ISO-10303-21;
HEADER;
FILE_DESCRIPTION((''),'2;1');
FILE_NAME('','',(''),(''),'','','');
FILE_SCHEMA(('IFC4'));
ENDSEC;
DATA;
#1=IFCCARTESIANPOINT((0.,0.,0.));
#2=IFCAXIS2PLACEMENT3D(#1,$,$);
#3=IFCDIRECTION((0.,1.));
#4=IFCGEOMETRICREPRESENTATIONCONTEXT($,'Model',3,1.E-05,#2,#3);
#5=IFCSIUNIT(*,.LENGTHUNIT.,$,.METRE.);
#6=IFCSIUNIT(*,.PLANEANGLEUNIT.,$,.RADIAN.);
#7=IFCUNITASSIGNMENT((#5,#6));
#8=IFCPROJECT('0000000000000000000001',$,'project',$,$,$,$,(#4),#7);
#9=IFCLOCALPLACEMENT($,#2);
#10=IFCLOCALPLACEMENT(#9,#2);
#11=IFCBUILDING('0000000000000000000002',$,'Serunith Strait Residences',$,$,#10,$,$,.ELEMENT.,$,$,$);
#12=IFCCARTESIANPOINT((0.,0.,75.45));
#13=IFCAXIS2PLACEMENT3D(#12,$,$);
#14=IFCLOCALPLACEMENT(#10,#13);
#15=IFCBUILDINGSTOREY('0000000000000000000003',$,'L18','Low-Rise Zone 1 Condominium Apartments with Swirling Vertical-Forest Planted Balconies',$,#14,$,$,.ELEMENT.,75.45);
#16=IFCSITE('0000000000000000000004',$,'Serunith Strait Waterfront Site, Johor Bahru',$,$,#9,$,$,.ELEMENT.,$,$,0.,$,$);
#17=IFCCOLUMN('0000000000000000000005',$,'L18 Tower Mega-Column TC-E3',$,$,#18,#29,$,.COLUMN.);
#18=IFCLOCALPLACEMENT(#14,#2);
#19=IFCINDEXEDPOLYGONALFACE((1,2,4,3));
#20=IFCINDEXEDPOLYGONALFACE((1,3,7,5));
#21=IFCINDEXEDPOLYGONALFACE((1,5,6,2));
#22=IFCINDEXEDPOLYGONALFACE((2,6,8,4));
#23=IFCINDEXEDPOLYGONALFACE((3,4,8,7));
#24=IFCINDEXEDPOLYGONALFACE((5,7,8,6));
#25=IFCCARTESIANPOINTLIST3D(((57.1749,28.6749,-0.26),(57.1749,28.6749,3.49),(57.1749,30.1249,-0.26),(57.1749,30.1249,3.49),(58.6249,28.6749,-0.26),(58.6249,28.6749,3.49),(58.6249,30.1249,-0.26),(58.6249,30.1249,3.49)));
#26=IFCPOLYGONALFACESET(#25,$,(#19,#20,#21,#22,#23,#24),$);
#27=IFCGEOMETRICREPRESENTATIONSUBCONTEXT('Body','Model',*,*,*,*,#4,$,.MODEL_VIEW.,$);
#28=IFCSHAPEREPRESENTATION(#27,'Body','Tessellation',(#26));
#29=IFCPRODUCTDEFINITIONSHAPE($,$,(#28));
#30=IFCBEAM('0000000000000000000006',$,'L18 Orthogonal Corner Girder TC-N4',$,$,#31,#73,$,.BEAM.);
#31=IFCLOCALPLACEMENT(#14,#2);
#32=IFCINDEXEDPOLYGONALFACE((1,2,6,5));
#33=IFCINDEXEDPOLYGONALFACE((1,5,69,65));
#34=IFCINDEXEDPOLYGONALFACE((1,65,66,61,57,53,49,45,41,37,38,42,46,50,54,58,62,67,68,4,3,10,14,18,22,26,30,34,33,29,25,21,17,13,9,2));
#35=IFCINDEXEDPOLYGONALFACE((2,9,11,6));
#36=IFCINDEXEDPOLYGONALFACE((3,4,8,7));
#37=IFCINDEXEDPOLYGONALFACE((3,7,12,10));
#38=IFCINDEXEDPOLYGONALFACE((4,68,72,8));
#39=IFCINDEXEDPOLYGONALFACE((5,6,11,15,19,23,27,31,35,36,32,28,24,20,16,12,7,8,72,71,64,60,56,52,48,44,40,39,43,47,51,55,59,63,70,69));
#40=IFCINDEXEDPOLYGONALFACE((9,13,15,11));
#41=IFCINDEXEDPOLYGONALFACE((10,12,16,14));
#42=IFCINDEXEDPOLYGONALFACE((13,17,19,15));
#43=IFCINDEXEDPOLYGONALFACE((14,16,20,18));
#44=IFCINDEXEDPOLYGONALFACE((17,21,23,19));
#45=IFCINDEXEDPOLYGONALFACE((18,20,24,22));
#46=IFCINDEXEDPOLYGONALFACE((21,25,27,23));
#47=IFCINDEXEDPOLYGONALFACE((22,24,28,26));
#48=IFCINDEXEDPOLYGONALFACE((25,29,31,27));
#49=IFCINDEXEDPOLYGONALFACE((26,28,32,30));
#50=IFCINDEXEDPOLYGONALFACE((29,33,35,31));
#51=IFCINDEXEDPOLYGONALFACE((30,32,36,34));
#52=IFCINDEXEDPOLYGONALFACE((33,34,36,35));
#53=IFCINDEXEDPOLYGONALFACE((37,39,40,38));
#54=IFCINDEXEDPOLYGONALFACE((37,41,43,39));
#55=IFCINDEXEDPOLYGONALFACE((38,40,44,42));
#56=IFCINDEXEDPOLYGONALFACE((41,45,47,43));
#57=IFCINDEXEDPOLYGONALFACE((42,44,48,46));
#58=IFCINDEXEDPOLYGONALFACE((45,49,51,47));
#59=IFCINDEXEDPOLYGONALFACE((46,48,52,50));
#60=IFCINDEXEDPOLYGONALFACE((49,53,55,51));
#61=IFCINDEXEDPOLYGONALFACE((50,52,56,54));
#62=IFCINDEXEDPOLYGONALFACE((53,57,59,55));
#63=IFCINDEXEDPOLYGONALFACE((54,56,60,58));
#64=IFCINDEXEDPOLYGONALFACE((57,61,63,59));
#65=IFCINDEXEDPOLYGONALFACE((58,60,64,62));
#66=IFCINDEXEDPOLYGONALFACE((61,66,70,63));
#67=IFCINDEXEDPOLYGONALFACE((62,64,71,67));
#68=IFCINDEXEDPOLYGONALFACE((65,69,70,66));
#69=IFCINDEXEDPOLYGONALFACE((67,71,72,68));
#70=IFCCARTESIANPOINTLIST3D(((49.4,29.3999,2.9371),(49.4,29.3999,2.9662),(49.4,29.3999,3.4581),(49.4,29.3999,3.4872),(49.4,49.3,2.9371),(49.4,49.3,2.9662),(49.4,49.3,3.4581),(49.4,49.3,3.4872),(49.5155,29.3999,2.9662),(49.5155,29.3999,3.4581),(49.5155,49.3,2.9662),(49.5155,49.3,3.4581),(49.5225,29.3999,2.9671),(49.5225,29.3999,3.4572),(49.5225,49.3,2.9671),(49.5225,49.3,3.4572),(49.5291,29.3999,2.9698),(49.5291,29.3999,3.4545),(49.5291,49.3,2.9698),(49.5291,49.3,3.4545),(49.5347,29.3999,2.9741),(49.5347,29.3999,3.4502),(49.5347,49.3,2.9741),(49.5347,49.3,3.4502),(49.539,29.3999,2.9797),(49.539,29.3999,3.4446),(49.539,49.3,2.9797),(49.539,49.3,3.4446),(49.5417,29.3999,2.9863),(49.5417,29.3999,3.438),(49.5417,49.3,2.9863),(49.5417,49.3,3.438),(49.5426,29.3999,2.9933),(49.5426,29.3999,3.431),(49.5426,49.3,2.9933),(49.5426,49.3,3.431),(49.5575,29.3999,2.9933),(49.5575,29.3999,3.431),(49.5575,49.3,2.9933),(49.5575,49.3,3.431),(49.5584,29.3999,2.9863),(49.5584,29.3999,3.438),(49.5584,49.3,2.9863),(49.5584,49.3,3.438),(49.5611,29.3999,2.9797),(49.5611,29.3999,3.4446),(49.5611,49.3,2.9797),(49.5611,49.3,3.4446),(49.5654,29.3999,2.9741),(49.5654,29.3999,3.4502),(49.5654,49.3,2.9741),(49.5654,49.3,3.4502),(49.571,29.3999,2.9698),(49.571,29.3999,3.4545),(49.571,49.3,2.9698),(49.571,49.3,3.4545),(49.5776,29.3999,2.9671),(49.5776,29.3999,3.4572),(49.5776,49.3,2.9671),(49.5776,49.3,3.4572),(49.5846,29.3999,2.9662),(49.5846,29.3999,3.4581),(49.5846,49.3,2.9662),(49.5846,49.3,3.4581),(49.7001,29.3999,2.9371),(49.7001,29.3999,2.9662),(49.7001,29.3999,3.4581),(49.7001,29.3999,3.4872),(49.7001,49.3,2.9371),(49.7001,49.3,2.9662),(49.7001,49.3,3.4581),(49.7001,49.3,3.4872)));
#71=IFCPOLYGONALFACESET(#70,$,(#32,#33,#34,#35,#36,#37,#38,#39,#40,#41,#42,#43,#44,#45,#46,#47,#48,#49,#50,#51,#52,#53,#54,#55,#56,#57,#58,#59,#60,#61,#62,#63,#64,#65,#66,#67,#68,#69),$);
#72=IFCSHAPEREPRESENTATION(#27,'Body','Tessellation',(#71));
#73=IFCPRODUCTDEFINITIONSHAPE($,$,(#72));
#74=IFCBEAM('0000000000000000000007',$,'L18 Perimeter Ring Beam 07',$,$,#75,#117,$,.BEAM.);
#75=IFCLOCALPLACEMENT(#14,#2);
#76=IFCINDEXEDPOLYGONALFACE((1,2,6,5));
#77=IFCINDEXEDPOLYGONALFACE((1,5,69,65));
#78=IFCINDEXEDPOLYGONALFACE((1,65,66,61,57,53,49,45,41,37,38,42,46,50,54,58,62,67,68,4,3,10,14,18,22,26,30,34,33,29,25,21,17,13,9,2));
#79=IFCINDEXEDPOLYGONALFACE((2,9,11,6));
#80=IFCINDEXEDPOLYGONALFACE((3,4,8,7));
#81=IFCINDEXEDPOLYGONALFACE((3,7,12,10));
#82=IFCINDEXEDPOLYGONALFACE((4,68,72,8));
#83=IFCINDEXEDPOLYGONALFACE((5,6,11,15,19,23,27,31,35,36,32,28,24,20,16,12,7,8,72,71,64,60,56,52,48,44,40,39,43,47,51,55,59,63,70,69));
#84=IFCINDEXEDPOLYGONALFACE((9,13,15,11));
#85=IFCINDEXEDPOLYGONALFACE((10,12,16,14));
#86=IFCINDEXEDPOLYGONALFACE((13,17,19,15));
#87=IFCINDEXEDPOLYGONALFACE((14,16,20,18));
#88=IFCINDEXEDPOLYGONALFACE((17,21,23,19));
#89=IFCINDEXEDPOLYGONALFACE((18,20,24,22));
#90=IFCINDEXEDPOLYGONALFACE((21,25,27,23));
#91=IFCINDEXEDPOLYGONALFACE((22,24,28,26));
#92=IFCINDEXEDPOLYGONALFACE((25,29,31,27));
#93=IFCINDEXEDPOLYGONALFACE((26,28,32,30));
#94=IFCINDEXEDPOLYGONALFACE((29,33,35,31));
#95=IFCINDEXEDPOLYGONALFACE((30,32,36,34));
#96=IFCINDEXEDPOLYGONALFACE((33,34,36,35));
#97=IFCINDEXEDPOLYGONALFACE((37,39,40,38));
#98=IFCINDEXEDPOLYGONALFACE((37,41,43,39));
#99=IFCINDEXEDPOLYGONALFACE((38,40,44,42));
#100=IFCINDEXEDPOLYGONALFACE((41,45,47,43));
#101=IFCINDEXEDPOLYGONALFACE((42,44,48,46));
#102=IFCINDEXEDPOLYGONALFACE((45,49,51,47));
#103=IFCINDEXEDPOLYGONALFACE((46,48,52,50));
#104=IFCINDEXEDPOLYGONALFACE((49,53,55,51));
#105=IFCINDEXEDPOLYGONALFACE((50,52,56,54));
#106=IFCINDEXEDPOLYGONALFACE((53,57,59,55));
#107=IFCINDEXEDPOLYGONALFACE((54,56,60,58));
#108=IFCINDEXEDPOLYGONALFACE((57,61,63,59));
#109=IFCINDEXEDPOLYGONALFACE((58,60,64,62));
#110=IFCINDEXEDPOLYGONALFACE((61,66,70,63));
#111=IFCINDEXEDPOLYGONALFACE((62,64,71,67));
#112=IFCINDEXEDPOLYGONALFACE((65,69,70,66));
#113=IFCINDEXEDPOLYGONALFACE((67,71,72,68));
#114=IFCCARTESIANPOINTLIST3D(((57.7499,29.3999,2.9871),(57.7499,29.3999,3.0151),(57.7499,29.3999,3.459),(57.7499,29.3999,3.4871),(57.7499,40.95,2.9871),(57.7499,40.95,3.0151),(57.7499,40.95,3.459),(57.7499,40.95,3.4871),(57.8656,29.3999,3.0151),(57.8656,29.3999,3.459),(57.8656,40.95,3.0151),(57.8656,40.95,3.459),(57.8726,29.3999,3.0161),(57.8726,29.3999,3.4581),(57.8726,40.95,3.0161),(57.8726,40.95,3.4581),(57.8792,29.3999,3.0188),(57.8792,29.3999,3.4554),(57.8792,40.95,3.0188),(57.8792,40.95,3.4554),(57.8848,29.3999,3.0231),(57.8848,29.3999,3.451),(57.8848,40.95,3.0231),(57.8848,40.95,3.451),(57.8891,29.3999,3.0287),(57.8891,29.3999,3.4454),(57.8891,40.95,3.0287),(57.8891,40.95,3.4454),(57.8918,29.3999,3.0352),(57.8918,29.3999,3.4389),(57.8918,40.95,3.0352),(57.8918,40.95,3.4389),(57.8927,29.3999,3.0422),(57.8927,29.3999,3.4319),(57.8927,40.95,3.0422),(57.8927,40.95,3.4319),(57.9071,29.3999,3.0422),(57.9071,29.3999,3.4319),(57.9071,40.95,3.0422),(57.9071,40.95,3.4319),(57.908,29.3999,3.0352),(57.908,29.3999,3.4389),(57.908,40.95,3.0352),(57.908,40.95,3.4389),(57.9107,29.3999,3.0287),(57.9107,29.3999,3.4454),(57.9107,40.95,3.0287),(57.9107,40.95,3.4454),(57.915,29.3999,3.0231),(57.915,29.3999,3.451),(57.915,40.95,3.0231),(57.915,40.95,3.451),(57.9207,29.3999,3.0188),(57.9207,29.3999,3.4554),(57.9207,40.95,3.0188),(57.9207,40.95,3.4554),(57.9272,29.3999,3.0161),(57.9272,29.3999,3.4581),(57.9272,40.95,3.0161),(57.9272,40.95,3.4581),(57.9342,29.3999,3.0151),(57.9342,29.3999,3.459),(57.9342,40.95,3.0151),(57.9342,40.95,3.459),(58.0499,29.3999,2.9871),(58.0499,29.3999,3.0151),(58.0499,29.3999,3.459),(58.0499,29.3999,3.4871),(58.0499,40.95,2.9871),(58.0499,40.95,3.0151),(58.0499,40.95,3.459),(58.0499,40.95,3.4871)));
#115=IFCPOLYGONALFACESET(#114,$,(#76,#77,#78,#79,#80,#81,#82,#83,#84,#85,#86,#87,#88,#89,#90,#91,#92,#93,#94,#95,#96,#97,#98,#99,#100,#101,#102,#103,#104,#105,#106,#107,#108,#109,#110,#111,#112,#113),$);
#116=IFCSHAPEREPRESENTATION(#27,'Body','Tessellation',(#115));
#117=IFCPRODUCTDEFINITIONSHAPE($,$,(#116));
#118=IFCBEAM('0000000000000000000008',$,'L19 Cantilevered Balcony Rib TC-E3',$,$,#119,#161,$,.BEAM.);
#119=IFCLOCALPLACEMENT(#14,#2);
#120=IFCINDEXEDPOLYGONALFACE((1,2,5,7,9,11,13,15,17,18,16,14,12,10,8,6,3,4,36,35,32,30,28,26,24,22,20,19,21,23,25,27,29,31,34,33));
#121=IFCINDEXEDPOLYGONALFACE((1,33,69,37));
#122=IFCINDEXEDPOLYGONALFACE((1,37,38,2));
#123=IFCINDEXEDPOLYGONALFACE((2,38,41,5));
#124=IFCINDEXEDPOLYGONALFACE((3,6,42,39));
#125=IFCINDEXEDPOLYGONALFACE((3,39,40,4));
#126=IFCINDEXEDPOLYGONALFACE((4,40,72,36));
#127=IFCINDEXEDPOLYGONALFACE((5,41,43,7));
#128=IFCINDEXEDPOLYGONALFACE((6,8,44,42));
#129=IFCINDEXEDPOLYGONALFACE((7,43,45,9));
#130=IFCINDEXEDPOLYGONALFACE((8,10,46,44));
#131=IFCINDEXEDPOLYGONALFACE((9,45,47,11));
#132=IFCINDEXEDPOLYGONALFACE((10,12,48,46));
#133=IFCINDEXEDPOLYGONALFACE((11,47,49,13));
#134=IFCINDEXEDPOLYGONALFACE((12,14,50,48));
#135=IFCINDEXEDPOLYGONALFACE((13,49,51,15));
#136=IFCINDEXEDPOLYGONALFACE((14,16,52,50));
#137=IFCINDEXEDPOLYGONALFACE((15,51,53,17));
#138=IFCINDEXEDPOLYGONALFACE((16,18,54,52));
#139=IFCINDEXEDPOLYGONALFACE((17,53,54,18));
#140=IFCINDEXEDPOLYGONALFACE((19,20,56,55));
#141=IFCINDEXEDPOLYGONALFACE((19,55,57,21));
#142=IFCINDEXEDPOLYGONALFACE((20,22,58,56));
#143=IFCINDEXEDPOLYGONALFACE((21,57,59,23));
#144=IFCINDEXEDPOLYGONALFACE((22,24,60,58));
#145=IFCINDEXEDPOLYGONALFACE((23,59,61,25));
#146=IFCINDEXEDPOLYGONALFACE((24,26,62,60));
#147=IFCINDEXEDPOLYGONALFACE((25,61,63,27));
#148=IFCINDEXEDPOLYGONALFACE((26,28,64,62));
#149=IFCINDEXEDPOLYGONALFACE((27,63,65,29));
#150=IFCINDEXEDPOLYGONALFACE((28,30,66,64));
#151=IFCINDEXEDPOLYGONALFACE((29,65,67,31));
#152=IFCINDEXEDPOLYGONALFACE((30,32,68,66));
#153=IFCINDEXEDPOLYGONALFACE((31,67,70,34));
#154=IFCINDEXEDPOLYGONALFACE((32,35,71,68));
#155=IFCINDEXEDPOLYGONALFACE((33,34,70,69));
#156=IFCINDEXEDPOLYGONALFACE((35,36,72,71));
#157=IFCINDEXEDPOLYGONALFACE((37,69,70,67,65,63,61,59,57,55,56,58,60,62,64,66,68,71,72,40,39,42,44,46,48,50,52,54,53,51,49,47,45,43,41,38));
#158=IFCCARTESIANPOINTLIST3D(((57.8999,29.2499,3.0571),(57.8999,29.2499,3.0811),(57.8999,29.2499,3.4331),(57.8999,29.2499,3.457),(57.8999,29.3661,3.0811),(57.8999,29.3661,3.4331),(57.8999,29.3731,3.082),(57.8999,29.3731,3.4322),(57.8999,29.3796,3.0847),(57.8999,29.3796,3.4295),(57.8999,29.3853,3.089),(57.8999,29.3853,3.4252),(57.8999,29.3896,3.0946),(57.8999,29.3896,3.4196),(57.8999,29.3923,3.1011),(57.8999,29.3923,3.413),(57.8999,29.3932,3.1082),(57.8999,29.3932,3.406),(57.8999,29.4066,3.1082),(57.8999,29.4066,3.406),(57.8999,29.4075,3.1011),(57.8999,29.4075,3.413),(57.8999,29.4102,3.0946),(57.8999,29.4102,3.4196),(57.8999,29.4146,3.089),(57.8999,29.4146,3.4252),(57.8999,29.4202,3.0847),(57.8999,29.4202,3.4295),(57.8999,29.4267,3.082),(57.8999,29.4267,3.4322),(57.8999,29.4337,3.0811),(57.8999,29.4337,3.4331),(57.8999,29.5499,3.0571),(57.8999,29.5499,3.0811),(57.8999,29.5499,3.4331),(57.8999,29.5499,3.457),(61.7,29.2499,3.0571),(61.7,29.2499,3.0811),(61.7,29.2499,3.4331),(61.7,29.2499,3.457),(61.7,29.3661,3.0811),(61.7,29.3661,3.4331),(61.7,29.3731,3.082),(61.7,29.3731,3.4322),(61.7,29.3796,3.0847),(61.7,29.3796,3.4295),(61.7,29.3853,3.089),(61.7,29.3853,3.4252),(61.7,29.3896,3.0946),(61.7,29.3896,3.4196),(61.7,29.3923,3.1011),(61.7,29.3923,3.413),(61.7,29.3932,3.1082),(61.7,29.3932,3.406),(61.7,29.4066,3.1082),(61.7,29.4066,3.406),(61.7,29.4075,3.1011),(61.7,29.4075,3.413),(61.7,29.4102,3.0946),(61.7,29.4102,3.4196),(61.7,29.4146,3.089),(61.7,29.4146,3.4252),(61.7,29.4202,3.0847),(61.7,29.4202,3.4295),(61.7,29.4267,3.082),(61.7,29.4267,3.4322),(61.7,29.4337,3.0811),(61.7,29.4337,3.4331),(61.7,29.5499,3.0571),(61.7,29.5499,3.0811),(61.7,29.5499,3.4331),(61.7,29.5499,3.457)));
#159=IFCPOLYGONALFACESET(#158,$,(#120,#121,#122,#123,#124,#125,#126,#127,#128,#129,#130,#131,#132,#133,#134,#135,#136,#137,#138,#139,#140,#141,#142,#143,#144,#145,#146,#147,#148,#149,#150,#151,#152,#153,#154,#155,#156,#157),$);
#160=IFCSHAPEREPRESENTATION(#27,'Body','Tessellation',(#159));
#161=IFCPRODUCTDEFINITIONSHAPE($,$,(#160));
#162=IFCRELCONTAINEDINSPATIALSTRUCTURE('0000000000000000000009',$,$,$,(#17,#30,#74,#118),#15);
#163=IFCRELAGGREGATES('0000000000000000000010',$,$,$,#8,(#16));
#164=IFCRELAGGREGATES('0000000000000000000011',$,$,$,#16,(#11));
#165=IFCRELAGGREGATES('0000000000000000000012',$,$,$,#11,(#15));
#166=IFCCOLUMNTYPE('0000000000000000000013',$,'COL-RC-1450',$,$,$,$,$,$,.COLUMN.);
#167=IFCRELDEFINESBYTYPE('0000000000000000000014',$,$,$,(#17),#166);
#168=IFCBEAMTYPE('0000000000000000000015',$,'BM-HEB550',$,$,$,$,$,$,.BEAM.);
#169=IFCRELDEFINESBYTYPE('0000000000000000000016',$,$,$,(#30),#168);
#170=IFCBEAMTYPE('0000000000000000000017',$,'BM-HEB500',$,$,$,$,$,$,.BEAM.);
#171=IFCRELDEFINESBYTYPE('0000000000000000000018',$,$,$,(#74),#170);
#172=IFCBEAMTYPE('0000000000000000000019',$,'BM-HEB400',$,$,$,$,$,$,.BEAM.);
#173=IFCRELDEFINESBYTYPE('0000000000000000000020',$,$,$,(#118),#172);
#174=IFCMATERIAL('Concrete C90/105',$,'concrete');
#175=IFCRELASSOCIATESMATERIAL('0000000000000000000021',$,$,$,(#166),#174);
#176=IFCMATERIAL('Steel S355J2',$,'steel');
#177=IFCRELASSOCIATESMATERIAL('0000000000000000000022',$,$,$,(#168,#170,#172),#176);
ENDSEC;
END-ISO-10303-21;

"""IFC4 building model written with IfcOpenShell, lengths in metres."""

from ifc_helpers import new_model, si_unit, direction, frame, origin, origin_2d, place, context, subcontext, project, spatial, rectangle, i_section, extrude, source, transform, mapped, material, material_profile, profile_set, type_object, element, save


model = new_model("IFC4")

# Units and contexts
model_context = context("Model", 3, precision=1e-05, world=origin(), true_north=direction((0.0, 1.0)))
body_context = subcontext(model_context, "Body", "Model", "MODEL_VIEW")
ifc_project = project(units=[si_unit("LENGTHUNIT", "METRE"), si_unit("PLANEANGLEUNIT", "RADIAN")], contexts=[model_context])

# Site, building, storey
site_placement = place(None, origin())
site = spatial("IfcSite", under=ifc_project, at=site_placement, Name="Serunith Strait Waterfront Site, Johor Bahru", CompositionType="ELEMENT", RefElevation=0.0)
building_placement = place(site_placement, origin())
building = spatial("IfcBuilding", under=site, at=building_placement, Name="Serunith Strait Residences", CompositionType="ELEMENT")
storey_placement = place(building_placement, frame((0.0, 0.0, 75.45)))
storey = spatial("IfcBuildingStorey", under=building, at=storey_placement, Name="L18", Description="Low-Rise Zone 1 Condominium Apartments with Swirling Vertical-Forest Planted Balconies", CompositionType="ELEMENT", Elevation=75.45)

# Column
ifc_material_1 = material(Name="Concrete C90/105", Category="concrete")
ifc_material_profile_1 = material_profile(ifc_material_1, rectangle(XDim=1.45, YDim=1.45, at=origin_2d()), Name="RC 1450x1450")
ifc_profile_set_1 = profile_set([ifc_material_profile_1], Name="Concrete C90/105")
column_type = type_object("IfcColumnType", Name="COL-RC-1450", PredefinedType="COLUMN", material=ifc_profile_set_1)
shared_shape_1 = source(origin(), body_context, "Body", "SweptSolid", [
    extrude(rectangle(XDim=1.45, YDim=1.45, at=origin_2d()), origin(), (0.0, 0.0, 1.0), 3.75),
])
column_placement = place(storey_placement, frame((57.8999, 29.3999, -0.26), z_axis=(0.0, 0.0, 1.0), x_axis=(1.0, 0.0, 0.0)))
element("IfcColumn", 1, at=column_placement, inside=storey, type_object=column_type, Name="L18 Tower Mega-Column TC-E3", PredefinedType="COLUMN", context=body_context, shape_type="MappedRepresentation", body=[
    mapped(shared_shape_1, transform((0.0, 0.0, 0.0), scale=1.0)),
])

# Beams
ifc_material_2 = material(Name="Steel S355J2", Category="steel")
ifc_material_profile_2 = material_profile(ifc_material_2, i_section(OverallWidth=0.3, OverallDepth=0.55, WebThickness=0.0149, FlangeThickness=0.0291, FilletRadius=0.0271, at=origin_2d()), Name="HEB 550")
ifc_profile_set_2 = profile_set([ifc_material_profile_2], Name="Steel S355J2")
beam_type_1 = type_object("IfcBeamType", Name="BM-HEB550", PredefinedType="BEAM", material=ifc_profile_set_2)
shared_shape_2 = source(origin(), body_context, "Body", "SweptSolid", [
    extrude(i_section(OverallWidth=0.3, OverallDepth=0.55, WebThickness=0.0149, FlangeThickness=0.0291, FilletRadius=0.0271, at=origin_2d()), origin(), (0.0, 0.0, 1.0), 19.9001),
])
beam_1_placement = place(storey_placement, frame((49.55, 29.3999, 3.2122), z_axis=(0.0, 1.0, 0.0), x_axis=(-1.0, 0.0, 0.0)))
element("IfcBeam", 2, at=beam_1_placement, inside=storey, type_object=beam_type_1, Name="L18 Orthogonal Corner Girder TC-N4", PredefinedType="BEAM", context=body_context, shape_type="MappedRepresentation", body=[
    mapped(shared_shape_2, transform((0.0, 0.0, 0.0), scale=1.0)),
])
ifc_material_profile_3 = material_profile(ifc_material_2, i_section(OverallWidth=0.3, OverallDepth=0.5, WebThickness=0.0144, FlangeThickness=0.0281, FilletRadius=0.0271, at=origin_2d()), Name="HEB 500")
ifc_profile_set_3 = profile_set([ifc_material_profile_3], Name="Steel S355J2")
beam_type_2 = type_object("IfcBeamType", Name="BM-HEB500", PredefinedType="BEAM", material=ifc_profile_set_3)
shared_shape_3 = source(origin(), body_context, "Body", "SweptSolid", [
    extrude(i_section(OverallWidth=0.3, OverallDepth=0.5, WebThickness=0.0144, FlangeThickness=0.0281, FilletRadius=0.0271, at=origin_2d()), origin(), (0.0, 0.0, 1.0), 11.55),
])
beam_2_placement = place(storey_placement, frame((57.8999, 29.3999, 3.2371), z_axis=(0.0, 1.0, 0.0), x_axis=(-1.0, 0.0, 0.0)))
element("IfcBeam", 3, at=beam_2_placement, inside=storey, type_object=beam_type_2, Name="L18 Perimeter Ring Beam 07", PredefinedType="BEAM", context=body_context, shape_type="MappedRepresentation", body=[
    mapped(shared_shape_3, transform((0.0, 0.0, 0.0), scale=1.0)),
])
ifc_material_profile_4 = material_profile(ifc_material_2, i_section(OverallWidth=0.3, OverallDepth=0.3999, WebThickness=0.0134, FlangeThickness=0.0239, FilletRadius=0.0271, at=origin_2d()), Name="HEB 400")
ifc_profile_set_4 = profile_set([ifc_material_profile_4], Name="Steel S355J2")
beam_type_3 = type_object("IfcBeamType", Name="BM-HEB400", PredefinedType="BEAM", material=ifc_profile_set_4)
shared_shape_4 = source(origin(), body_context, "Body", "SweptSolid", [
    extrude(i_section(OverallWidth=0.3, OverallDepth=0.3999, WebThickness=0.0134, FlangeThickness=0.0239, FilletRadius=0.0271, at=origin_2d()), origin(), (0.0, 0.0, 1.0), 3.8),
])
beam_3_placement = place(storey_placement, frame((57.8999, 29.3999, 3.2571), z_axis=(1.0, 0.0, 0.0), x_axis=(0.0, 1.0, 0.0)))
element("IfcBeam", 4, at=beam_3_placement, inside=storey, type_object=beam_type_3, Name="L19 Cantilevered Balcony Rib TC-E3", PredefinedType="BEAM", context=body_context, shape_type="MappedRepresentation", body=[
    mapped(shared_shape_4, transform((0.0, 0.0, 0.0), scale=1.0)),
])

save(model, "model.ifc")
